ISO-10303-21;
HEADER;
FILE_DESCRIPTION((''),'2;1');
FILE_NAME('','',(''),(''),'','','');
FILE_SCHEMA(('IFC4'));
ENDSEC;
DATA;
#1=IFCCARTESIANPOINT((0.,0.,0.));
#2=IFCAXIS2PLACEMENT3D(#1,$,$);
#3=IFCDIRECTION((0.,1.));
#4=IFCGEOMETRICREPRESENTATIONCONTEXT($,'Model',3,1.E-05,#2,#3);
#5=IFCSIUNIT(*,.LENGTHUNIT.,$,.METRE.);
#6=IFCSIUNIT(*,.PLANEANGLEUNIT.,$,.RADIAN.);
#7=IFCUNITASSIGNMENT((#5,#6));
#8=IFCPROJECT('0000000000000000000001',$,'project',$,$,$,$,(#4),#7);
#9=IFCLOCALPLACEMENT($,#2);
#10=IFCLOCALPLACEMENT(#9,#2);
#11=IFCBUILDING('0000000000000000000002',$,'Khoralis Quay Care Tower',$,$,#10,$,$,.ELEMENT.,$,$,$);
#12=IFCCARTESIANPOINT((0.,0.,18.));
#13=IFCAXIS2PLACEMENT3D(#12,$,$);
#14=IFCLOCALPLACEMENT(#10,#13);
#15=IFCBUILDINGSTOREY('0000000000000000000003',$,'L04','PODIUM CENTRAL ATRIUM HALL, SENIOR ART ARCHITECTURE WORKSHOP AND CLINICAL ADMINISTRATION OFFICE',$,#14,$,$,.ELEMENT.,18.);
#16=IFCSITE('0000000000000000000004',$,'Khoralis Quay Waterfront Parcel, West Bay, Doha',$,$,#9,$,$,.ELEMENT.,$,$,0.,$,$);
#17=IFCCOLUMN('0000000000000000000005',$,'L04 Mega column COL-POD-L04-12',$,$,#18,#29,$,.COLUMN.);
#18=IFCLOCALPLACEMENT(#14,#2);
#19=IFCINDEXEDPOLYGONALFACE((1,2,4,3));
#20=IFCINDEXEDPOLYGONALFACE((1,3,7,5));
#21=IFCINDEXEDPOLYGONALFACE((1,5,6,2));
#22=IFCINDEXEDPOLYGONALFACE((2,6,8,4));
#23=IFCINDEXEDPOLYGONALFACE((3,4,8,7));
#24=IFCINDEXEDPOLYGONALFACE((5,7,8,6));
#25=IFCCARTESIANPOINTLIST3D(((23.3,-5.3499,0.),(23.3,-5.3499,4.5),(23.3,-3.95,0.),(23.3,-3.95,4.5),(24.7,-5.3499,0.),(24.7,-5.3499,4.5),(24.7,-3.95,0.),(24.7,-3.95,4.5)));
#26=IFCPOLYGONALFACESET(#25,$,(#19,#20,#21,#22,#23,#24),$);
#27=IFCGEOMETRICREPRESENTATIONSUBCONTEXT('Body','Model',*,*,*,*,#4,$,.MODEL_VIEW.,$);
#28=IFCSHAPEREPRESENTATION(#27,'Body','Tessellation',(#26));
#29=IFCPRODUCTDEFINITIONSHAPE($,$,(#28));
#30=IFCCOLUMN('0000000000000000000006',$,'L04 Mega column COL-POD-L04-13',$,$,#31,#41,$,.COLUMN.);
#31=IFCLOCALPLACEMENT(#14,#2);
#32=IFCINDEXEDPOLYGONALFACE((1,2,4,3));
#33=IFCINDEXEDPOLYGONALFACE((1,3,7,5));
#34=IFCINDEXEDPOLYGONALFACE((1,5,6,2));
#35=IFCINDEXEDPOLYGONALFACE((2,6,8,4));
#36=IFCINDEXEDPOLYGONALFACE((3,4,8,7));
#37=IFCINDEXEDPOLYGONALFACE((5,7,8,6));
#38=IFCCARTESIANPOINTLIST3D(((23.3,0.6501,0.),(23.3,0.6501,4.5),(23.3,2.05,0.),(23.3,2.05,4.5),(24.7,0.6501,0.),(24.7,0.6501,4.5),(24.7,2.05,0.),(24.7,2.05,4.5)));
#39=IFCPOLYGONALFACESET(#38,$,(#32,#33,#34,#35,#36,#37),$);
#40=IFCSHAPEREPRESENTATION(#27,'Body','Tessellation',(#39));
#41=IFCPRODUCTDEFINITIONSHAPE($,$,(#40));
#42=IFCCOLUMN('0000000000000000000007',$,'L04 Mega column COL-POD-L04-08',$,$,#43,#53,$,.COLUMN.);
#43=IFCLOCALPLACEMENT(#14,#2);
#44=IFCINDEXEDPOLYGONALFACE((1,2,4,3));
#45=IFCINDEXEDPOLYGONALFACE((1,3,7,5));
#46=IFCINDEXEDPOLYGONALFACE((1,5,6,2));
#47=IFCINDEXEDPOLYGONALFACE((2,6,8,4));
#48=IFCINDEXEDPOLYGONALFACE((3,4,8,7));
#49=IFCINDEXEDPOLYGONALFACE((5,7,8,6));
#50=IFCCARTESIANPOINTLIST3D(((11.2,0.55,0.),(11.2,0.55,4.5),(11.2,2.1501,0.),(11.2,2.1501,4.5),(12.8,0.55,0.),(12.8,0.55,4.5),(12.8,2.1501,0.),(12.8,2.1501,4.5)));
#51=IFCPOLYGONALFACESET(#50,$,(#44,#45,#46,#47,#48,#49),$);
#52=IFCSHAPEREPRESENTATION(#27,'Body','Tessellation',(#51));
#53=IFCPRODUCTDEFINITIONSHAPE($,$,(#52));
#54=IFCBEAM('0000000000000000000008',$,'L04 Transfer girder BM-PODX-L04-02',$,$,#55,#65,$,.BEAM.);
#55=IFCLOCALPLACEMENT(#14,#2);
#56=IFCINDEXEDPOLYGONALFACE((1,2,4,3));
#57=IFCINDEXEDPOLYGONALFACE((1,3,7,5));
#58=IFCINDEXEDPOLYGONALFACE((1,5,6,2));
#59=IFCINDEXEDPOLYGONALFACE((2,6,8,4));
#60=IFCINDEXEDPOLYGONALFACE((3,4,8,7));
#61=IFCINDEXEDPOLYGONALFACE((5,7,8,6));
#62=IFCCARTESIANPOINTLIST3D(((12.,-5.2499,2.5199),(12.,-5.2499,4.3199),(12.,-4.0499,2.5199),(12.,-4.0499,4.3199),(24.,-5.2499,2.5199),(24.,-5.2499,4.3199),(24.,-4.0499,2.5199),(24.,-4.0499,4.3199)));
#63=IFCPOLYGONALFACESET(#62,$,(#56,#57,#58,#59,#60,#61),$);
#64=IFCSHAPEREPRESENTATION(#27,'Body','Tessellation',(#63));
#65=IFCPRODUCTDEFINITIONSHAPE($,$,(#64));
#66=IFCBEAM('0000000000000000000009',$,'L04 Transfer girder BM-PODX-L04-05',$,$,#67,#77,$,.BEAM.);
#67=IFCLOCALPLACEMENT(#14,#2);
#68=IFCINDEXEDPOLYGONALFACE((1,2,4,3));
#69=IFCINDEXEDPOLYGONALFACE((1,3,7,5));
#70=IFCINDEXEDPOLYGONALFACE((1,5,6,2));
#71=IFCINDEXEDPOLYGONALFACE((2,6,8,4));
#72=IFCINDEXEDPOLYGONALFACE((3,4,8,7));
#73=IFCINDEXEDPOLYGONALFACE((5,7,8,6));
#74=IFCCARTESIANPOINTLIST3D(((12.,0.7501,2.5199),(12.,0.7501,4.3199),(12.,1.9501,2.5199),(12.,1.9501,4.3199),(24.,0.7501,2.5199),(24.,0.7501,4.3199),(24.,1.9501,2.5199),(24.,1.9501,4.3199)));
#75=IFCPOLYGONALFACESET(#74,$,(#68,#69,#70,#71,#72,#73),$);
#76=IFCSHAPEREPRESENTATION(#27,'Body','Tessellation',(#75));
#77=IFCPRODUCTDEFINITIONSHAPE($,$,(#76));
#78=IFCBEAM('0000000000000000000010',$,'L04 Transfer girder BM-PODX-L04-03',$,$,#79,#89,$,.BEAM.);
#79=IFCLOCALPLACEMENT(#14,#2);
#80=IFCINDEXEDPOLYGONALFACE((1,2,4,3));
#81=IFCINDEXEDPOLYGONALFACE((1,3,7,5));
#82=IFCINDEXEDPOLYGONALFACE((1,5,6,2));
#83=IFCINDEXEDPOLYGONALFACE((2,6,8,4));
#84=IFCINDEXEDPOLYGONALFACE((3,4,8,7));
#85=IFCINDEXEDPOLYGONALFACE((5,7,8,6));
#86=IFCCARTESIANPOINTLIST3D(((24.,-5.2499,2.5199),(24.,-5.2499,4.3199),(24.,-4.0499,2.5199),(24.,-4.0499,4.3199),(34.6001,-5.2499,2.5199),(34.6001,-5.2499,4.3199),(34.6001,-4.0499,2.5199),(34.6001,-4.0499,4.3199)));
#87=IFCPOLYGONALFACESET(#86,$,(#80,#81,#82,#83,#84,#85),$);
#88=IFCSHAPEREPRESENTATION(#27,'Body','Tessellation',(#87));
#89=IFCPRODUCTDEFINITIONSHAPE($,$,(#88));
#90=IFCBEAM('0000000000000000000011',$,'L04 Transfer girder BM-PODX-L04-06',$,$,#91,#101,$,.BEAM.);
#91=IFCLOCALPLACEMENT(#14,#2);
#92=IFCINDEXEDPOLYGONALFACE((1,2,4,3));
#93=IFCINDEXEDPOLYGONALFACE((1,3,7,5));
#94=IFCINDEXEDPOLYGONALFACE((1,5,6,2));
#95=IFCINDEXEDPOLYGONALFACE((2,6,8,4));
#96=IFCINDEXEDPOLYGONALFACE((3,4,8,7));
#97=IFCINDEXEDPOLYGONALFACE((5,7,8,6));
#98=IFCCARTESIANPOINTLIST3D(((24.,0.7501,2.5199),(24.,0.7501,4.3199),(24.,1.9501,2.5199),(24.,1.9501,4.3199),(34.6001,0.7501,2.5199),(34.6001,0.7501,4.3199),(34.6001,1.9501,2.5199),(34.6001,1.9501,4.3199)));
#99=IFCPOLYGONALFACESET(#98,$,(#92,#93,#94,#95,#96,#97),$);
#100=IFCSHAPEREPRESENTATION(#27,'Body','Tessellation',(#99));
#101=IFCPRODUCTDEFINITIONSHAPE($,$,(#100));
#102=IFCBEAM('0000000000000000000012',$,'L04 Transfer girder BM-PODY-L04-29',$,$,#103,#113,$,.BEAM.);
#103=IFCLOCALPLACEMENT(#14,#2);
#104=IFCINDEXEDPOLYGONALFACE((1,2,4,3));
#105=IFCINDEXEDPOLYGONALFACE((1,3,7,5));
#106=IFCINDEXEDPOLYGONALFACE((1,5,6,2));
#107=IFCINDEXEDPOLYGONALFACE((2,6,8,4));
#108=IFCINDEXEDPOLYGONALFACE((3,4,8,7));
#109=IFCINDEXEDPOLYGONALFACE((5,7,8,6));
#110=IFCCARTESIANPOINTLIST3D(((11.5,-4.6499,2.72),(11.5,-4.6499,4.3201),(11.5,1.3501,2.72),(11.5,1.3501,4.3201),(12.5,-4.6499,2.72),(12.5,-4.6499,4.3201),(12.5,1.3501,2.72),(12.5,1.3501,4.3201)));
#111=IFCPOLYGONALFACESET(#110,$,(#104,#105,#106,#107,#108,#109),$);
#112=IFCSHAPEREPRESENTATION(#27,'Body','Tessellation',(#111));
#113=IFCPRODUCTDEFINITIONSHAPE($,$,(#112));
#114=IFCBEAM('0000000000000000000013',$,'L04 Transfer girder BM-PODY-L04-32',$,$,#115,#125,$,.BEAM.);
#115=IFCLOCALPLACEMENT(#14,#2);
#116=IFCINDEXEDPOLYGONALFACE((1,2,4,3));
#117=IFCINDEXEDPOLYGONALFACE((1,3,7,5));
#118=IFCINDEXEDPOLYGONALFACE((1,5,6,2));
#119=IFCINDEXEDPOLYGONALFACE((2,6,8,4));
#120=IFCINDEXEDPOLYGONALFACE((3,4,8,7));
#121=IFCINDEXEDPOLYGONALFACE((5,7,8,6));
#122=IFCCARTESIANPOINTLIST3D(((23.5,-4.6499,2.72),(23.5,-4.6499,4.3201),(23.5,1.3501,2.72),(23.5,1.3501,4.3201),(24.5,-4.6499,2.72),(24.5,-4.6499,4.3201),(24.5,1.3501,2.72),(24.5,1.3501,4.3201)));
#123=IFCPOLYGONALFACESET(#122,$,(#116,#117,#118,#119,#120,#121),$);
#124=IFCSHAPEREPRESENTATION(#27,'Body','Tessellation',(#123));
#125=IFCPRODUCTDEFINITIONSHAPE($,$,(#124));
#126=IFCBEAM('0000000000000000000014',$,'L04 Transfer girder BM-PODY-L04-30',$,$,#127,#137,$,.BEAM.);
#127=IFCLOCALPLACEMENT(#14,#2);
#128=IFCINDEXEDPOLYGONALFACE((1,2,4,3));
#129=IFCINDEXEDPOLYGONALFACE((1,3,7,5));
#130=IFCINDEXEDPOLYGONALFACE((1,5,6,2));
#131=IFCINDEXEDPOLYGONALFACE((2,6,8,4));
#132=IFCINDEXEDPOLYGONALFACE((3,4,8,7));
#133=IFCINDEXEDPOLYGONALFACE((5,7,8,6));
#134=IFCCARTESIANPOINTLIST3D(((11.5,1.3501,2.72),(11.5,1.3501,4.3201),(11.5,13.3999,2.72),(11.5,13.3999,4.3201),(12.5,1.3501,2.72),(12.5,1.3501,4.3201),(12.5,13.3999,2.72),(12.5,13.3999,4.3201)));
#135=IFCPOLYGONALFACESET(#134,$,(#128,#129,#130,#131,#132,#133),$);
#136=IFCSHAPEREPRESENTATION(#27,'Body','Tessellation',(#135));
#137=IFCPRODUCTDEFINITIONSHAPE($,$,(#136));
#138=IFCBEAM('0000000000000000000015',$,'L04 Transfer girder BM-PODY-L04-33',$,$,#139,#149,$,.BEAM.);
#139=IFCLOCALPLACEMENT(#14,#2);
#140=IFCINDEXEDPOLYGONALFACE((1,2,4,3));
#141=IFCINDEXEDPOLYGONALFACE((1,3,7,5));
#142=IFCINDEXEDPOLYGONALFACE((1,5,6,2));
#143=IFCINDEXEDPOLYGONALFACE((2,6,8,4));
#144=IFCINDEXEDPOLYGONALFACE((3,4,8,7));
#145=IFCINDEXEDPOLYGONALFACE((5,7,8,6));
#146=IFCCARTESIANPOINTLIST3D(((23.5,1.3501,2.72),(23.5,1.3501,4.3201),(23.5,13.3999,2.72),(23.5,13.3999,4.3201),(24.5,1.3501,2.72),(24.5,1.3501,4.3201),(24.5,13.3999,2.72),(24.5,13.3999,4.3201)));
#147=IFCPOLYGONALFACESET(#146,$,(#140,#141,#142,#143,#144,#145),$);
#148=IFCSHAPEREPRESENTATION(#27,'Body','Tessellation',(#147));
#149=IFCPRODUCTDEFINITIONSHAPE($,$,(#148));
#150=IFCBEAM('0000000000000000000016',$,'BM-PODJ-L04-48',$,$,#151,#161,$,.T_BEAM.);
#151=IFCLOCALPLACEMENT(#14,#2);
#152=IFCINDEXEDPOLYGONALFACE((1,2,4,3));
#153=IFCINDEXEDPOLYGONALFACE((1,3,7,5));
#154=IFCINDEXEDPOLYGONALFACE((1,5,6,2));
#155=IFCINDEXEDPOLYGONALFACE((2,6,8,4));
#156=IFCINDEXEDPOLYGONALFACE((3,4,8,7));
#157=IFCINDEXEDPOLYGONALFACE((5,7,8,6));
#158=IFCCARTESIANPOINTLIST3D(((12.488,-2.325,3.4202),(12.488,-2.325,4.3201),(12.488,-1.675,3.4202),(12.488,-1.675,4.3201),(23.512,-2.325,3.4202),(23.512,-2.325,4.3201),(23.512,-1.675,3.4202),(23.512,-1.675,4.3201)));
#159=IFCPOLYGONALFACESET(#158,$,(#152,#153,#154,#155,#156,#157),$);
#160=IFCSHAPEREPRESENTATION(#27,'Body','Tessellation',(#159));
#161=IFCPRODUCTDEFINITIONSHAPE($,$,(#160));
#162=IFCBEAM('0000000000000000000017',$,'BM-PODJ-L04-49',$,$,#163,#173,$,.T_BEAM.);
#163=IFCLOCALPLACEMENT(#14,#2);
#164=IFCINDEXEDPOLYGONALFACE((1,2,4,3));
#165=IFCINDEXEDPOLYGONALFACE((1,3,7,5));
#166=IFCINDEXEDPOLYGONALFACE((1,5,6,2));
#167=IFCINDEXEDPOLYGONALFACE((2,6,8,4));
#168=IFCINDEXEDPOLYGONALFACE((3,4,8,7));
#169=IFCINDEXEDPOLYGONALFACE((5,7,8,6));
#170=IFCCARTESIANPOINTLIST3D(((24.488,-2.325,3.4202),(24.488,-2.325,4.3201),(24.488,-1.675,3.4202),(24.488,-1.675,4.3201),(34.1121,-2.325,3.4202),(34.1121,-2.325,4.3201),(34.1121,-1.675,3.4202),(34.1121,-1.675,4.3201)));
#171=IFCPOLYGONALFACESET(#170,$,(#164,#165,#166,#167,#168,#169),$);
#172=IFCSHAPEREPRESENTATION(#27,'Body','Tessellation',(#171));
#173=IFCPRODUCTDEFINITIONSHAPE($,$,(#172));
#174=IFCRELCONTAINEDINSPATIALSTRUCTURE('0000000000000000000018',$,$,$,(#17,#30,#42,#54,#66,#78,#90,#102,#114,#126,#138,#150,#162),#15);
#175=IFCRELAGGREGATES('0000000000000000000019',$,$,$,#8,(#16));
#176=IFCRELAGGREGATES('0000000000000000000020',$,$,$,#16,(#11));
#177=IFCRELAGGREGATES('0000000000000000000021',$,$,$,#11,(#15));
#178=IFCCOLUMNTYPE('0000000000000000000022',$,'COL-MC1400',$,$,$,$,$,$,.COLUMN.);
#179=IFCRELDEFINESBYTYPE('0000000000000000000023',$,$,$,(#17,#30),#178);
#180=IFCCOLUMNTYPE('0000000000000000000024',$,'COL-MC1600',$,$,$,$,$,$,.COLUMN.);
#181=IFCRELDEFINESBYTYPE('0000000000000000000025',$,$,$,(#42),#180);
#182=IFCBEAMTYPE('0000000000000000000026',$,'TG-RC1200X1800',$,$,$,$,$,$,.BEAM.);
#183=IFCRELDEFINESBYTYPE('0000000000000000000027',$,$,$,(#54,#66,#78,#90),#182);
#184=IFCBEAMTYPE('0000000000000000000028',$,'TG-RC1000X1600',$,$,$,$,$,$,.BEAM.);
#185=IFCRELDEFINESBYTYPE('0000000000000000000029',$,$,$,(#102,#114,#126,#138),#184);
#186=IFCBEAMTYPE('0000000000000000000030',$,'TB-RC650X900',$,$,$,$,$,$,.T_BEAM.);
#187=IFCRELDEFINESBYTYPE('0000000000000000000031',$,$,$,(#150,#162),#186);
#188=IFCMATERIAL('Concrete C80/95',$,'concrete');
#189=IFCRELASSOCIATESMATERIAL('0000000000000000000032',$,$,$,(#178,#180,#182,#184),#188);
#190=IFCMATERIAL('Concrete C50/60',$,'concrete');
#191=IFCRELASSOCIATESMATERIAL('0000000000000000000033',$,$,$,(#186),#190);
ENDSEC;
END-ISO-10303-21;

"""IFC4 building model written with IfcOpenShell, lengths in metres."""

from ifc_helpers import new_model, si_unit, direction, frame, origin, origin_2d, place, context, subcontext, project, spatial, rectangle, extrude, source, transform, mapped, material, material_profile, profile_set, type_object, element, save


model = new_model("IFC4")

# Units and contexts
model_context = context("Model", 3, precision=1e-05, world=origin(), true_north=direction((0.0, 1.0)))
body_context = subcontext(model_context, "Body", "Model", "MODEL_VIEW")
ifc_project = project(units=[si_unit("LENGTHUNIT", "METRE"), si_unit("PLANEANGLEUNIT", "RADIAN")], contexts=[model_context])

# Site, building, storey
site_placement = place(None, origin())
site = spatial("IfcSite", under=ifc_project, at=site_placement, Name="Khoralis Quay Waterfront Parcel, West Bay, Doha", CompositionType="ELEMENT", RefElevation=0.0)
building_placement = place(site_placement, origin())
building = spatial("IfcBuilding", under=site, at=building_placement, Name="Khoralis Quay Care Tower", CompositionType="ELEMENT")
storey_placement = place(building_placement, frame((0.0, 0.0, 18.0)))
storey = spatial("IfcBuildingStorey", under=building, at=storey_placement, Name="L04", Description="PODIUM CENTRAL ATRIUM HALL, SENIOR ART ARCHITECTURE WORKSHOP AND CLINICAL ADMINISTRATION OFFICE", CompositionType="ELEMENT", Elevation=18.0)

# Columns
ifc_material_1 = material(Name="Concrete C80/95", Category="concrete")
ifc_material_profile_1 = material_profile(ifc_material_1, rectangle(XDim=1.3999, YDim=1.3999, at=origin_2d()), Name="Concrete C80/95")
ifc_profile_set_1 = profile_set([ifc_material_profile_1], Name="Concrete C80/95")
column_type_1 = type_object("IfcColumnType", Name="COL-MC1400", PredefinedType="COLUMN", material=ifc_profile_set_1)
shared_shape_1 = source(origin(), body_context, "Body", "SweptSolid", [
    extrude(rectangle(XDim=1.3999, YDim=1.3999, at=origin_2d()), origin(), (0.0, 0.0, 1.0), 4.5),
])
for number, where, z_axis, x_axis, name in (
    (1, (24.0, -4.6499, 0.0), (0.0, 0.0, 1.0), (1.0, 0.0, 0.0), "L04 Mega column COL-POD-L04-12"),
    (2, (24.0, 1.3501, 0.0), (0.0, 0.0, 1.0), (1.0, 0.0, 0.0), "L04 Mega column COL-POD-L04-13"),
):
    element("IfcColumn", number, at=place(storey_placement, frame(where, z_axis=z_axis, x_axis=x_axis)), inside=storey, type_object=column_type_1, Name=name, PredefinedType="COLUMN", context=body_context, shape_type="MappedRepresentation", body=[
        mapped(shared_shape_1, transform((0.0, 0.0, 0.0), scale=1.0)),
    ])
ifc_material_profile_2 = material_profile(ifc_material_1, rectangle(XDim=1.6001, YDim=1.6001, at=origin_2d()), Name="Concrete C80/95")
ifc_profile_set_2 = profile_set([ifc_material_profile_2], Name="Concrete C80/95")
column_type_2 = type_object("IfcColumnType", Name="COL-MC1600", PredefinedType="COLUMN", material=ifc_profile_set_2)
shared_shape_2 = source(origin(), body_context, "Body", "SweptSolid", [
    extrude(rectangle(XDim=1.6001, YDim=1.6001, at=origin_2d()), origin(), (0.0, 0.0, 1.0), 4.5),
])
column_placement = place(storey_placement, frame((12.0, 1.3501, 0.0), z_axis=(0.0, 0.0, 1.0), x_axis=(1.0, 0.0, 0.0)))
element("IfcColumn", 3, at=column_placement, inside=storey, type_object=column_type_2, Name="L04 Mega column COL-POD-L04-08", PredefinedType="COLUMN", context=body_context, shape_type="MappedRepresentation", body=[
    mapped(shared_shape_2, transform((0.0, 0.0, 0.0), scale=1.0)),
])

# Beams
ifc_material_profile_3 = material_profile(ifc_material_1, rectangle(XDim=1.2, YDim=1.8, at=origin_2d()), Name="Concrete C80/95")
ifc_profile_set_3 = profile_set([ifc_material_profile_3], Name="Concrete C80/95")
beam_type_1 = type_object("IfcBeamType", Name="TG-RC1200X1800", PredefinedType="BEAM", material=ifc_profile_set_3)
shared_shape_3 = source(origin(), body_context, "Body", "SweptSolid", [
    extrude(rectangle(XDim=1.2, YDim=1.8, at=origin_2d()), origin(), (0.0, 0.0, 1.0), 12.0),
])
for number, where, z_axis, x_axis, name in (
    (4, (12.0, -4.6499, 3.4199), (1.0, 0.0, 0.0), (0.0, 1.0, 0.0), "L04 Transfer girder BM-PODX-L04-02"),
    (5, (12.0, 1.3501, 3.4199), (1.0, 0.0, 0.0), (0.0, 1.0, 0.0), "L04 Transfer girder BM-PODX-L04-05"),
):
    element("IfcBeam", number, at=place(storey_placement, frame(where, z_axis=z_axis, x_axis=x_axis)), inside=storey, type_object=beam_type_1, Name=name, PredefinedType="BEAM", context=body_context, shape_type="MappedRepresentation", body=[
        mapped(shared_shape_3, transform((0.0, 0.0, 0.0), scale=1.0)),
    ])
shared_shape_4 = source(origin(), body_context, "Body", "SweptSolid", [
    extrude(rectangle(XDim=1.2, YDim=1.8, at=origin_2d()), origin(), (0.0, 0.0, 1.0), 10.6001),
])
for number, where, z_axis, x_axis, name in (
    (6, (24.0, -4.6499, 3.4199), (1.0, 0.0, 0.0), (0.0, 1.0, 0.0), "L04 Transfer girder BM-PODX-L04-03"),
    (7, (24.0, 1.3501, 3.4199), (1.0, 0.0, 0.0), (0.0, 1.0, 0.0), "L04 Transfer girder BM-PODX-L04-06"),
):
    element("IfcBeam", number, at=place(storey_placement, frame(where, z_axis=z_axis, x_axis=x_axis)), inside=storey, type_object=beam_type_1, Name=name, PredefinedType="BEAM", context=body_context, shape_type="MappedRepresentation", body=[
        mapped(shared_shape_4, transform((0.0, 0.0, 0.0), scale=1.0)),
    ])
ifc_material_profile_4 = material_profile(ifc_material_1, rectangle(XDim=1.0, YDim=1.6001, at=origin_2d()), Name="Concrete C80/95")
ifc_profile_set_4 = profile_set([ifc_material_profile_4], Name="Concrete C80/95")
beam_type_2 = type_object("IfcBeamType", Name="TG-RC1000X1600", PredefinedType="BEAM", material=ifc_profile_set_4)
shared_shape_5 = source(origin(), body_context, "Body", "SweptSolid", [
    extrude(rectangle(XDim=1.0, YDim=1.6001, at=origin_2d()), origin(), (0.0, 0.0, 1.0), 6.0),
])
for number, where, z_axis, x_axis, name in (
    (8, (12.0, -4.6499, 3.52), (0.0, 1.0, 0.0), (-1.0, 0.0, 0.0), "L04 Transfer girder BM-PODY-L04-29"),
    (9, (24.0, -4.6499, 3.52), (0.0, 1.0, 0.0), (-1.0, 0.0, 0.0), "L04 Transfer girder BM-PODY-L04-32"),
):
    element("IfcBeam", number, at=place(storey_placement, frame(where, z_axis=z_axis, x_axis=x_axis)), inside=storey, type_object=beam_type_2, Name=name, PredefinedType="BEAM", context=body_context, shape_type="MappedRepresentation", body=[
        mapped(shared_shape_5, transform((0.0, 0.0, 0.0), scale=1.0)),
    ])
shared_shape_6 = source(origin(), body_context, "Body", "SweptSolid", [
    extrude(rectangle(XDim=1.0, YDim=1.6001, at=origin_2d()), origin(), (0.0, 0.0, 1.0), 12.0498),
])
for number, where, z_axis, x_axis, name in (
    (10, (12.0, 1.3501, 3.52), (0.0, 1.0, 0.0), (-1.0, 0.0, 0.0), "L04 Transfer girder BM-PODY-L04-30"),
    (11, (24.0, 1.3501, 3.52), (0.0, 1.0, 0.0), (-1.0, 0.0, 0.0), "L04 Transfer girder BM-PODY-L04-33"),
):
    element("IfcBeam", number, at=place(storey_placement, frame(where, z_axis=z_axis, x_axis=x_axis)), inside=storey, type_object=beam_type_2, Name=name, PredefinedType="BEAM", context=body_context, shape_type="MappedRepresentation", body=[
        mapped(shared_shape_6, transform((0.0, 0.0, 0.0), scale=1.0)),
    ])
ifc_material_2 = material(Name="Concrete C50/60", Category="concrete")
ifc_material_profile_5 = material_profile(ifc_material_2, rectangle(XDim=0.6499, YDim=0.8999, at=origin_2d()), Name="Concrete C50/60")
ifc_profile_set_5 = profile_set([ifc_material_profile_5], Name="Concrete C50/60")
beam_type_3 = type_object("IfcBeamType", Name="TB-RC650X900", PredefinedType="T_BEAM", material=ifc_profile_set_5)
shared_shape_7 = source(origin(), body_context, "Body", "SweptSolid", [
    extrude(rectangle(XDim=0.6499, YDim=0.8999, at=origin_2d()), origin(), (0.0, 0.0, 1.0), 11.0239),
])
beam_1_placement = place(storey_placement, frame((12.488, -2.0, 3.8701), z_axis=(1.0, 0.0, 0.0), x_axis=(0.0, 1.0, 0.0)))
element("IfcBeam", 12, at=beam_1_placement, inside=storey, type_object=beam_type_3, Name="BM-PODJ-L04-48", PredefinedType="T_BEAM", context=body_context, shape_type="MappedRepresentation", body=[
    mapped(shared_shape_7, transform((0.0, 0.0, 0.0), scale=1.0)),
])
shared_shape_8 = source(origin(), body_context, "Body", "SweptSolid", [
    extrude(rectangle(XDim=0.6499, YDim=0.8999, at=origin_2d()), origin(), (0.0, 0.0, 1.0), 9.624),
])
beam_2_placement = place(storey_placement, frame((24.488, -2.0, 3.8701), z_axis=(1.0, 0.0, 0.0), x_axis=(0.0, 1.0, 0.0)))
element("IfcBeam", 13, at=beam_2_placement, inside=storey, type_object=beam_type_3, Name="BM-PODJ-L04-49", PredefinedType="T_BEAM", context=body_context, shape_type="MappedRepresentation", body=[
    mapped(shared_shape_8, transform((0.0, 0.0, 0.0), scale=1.0)),
])

save(model, "model.ifc")
